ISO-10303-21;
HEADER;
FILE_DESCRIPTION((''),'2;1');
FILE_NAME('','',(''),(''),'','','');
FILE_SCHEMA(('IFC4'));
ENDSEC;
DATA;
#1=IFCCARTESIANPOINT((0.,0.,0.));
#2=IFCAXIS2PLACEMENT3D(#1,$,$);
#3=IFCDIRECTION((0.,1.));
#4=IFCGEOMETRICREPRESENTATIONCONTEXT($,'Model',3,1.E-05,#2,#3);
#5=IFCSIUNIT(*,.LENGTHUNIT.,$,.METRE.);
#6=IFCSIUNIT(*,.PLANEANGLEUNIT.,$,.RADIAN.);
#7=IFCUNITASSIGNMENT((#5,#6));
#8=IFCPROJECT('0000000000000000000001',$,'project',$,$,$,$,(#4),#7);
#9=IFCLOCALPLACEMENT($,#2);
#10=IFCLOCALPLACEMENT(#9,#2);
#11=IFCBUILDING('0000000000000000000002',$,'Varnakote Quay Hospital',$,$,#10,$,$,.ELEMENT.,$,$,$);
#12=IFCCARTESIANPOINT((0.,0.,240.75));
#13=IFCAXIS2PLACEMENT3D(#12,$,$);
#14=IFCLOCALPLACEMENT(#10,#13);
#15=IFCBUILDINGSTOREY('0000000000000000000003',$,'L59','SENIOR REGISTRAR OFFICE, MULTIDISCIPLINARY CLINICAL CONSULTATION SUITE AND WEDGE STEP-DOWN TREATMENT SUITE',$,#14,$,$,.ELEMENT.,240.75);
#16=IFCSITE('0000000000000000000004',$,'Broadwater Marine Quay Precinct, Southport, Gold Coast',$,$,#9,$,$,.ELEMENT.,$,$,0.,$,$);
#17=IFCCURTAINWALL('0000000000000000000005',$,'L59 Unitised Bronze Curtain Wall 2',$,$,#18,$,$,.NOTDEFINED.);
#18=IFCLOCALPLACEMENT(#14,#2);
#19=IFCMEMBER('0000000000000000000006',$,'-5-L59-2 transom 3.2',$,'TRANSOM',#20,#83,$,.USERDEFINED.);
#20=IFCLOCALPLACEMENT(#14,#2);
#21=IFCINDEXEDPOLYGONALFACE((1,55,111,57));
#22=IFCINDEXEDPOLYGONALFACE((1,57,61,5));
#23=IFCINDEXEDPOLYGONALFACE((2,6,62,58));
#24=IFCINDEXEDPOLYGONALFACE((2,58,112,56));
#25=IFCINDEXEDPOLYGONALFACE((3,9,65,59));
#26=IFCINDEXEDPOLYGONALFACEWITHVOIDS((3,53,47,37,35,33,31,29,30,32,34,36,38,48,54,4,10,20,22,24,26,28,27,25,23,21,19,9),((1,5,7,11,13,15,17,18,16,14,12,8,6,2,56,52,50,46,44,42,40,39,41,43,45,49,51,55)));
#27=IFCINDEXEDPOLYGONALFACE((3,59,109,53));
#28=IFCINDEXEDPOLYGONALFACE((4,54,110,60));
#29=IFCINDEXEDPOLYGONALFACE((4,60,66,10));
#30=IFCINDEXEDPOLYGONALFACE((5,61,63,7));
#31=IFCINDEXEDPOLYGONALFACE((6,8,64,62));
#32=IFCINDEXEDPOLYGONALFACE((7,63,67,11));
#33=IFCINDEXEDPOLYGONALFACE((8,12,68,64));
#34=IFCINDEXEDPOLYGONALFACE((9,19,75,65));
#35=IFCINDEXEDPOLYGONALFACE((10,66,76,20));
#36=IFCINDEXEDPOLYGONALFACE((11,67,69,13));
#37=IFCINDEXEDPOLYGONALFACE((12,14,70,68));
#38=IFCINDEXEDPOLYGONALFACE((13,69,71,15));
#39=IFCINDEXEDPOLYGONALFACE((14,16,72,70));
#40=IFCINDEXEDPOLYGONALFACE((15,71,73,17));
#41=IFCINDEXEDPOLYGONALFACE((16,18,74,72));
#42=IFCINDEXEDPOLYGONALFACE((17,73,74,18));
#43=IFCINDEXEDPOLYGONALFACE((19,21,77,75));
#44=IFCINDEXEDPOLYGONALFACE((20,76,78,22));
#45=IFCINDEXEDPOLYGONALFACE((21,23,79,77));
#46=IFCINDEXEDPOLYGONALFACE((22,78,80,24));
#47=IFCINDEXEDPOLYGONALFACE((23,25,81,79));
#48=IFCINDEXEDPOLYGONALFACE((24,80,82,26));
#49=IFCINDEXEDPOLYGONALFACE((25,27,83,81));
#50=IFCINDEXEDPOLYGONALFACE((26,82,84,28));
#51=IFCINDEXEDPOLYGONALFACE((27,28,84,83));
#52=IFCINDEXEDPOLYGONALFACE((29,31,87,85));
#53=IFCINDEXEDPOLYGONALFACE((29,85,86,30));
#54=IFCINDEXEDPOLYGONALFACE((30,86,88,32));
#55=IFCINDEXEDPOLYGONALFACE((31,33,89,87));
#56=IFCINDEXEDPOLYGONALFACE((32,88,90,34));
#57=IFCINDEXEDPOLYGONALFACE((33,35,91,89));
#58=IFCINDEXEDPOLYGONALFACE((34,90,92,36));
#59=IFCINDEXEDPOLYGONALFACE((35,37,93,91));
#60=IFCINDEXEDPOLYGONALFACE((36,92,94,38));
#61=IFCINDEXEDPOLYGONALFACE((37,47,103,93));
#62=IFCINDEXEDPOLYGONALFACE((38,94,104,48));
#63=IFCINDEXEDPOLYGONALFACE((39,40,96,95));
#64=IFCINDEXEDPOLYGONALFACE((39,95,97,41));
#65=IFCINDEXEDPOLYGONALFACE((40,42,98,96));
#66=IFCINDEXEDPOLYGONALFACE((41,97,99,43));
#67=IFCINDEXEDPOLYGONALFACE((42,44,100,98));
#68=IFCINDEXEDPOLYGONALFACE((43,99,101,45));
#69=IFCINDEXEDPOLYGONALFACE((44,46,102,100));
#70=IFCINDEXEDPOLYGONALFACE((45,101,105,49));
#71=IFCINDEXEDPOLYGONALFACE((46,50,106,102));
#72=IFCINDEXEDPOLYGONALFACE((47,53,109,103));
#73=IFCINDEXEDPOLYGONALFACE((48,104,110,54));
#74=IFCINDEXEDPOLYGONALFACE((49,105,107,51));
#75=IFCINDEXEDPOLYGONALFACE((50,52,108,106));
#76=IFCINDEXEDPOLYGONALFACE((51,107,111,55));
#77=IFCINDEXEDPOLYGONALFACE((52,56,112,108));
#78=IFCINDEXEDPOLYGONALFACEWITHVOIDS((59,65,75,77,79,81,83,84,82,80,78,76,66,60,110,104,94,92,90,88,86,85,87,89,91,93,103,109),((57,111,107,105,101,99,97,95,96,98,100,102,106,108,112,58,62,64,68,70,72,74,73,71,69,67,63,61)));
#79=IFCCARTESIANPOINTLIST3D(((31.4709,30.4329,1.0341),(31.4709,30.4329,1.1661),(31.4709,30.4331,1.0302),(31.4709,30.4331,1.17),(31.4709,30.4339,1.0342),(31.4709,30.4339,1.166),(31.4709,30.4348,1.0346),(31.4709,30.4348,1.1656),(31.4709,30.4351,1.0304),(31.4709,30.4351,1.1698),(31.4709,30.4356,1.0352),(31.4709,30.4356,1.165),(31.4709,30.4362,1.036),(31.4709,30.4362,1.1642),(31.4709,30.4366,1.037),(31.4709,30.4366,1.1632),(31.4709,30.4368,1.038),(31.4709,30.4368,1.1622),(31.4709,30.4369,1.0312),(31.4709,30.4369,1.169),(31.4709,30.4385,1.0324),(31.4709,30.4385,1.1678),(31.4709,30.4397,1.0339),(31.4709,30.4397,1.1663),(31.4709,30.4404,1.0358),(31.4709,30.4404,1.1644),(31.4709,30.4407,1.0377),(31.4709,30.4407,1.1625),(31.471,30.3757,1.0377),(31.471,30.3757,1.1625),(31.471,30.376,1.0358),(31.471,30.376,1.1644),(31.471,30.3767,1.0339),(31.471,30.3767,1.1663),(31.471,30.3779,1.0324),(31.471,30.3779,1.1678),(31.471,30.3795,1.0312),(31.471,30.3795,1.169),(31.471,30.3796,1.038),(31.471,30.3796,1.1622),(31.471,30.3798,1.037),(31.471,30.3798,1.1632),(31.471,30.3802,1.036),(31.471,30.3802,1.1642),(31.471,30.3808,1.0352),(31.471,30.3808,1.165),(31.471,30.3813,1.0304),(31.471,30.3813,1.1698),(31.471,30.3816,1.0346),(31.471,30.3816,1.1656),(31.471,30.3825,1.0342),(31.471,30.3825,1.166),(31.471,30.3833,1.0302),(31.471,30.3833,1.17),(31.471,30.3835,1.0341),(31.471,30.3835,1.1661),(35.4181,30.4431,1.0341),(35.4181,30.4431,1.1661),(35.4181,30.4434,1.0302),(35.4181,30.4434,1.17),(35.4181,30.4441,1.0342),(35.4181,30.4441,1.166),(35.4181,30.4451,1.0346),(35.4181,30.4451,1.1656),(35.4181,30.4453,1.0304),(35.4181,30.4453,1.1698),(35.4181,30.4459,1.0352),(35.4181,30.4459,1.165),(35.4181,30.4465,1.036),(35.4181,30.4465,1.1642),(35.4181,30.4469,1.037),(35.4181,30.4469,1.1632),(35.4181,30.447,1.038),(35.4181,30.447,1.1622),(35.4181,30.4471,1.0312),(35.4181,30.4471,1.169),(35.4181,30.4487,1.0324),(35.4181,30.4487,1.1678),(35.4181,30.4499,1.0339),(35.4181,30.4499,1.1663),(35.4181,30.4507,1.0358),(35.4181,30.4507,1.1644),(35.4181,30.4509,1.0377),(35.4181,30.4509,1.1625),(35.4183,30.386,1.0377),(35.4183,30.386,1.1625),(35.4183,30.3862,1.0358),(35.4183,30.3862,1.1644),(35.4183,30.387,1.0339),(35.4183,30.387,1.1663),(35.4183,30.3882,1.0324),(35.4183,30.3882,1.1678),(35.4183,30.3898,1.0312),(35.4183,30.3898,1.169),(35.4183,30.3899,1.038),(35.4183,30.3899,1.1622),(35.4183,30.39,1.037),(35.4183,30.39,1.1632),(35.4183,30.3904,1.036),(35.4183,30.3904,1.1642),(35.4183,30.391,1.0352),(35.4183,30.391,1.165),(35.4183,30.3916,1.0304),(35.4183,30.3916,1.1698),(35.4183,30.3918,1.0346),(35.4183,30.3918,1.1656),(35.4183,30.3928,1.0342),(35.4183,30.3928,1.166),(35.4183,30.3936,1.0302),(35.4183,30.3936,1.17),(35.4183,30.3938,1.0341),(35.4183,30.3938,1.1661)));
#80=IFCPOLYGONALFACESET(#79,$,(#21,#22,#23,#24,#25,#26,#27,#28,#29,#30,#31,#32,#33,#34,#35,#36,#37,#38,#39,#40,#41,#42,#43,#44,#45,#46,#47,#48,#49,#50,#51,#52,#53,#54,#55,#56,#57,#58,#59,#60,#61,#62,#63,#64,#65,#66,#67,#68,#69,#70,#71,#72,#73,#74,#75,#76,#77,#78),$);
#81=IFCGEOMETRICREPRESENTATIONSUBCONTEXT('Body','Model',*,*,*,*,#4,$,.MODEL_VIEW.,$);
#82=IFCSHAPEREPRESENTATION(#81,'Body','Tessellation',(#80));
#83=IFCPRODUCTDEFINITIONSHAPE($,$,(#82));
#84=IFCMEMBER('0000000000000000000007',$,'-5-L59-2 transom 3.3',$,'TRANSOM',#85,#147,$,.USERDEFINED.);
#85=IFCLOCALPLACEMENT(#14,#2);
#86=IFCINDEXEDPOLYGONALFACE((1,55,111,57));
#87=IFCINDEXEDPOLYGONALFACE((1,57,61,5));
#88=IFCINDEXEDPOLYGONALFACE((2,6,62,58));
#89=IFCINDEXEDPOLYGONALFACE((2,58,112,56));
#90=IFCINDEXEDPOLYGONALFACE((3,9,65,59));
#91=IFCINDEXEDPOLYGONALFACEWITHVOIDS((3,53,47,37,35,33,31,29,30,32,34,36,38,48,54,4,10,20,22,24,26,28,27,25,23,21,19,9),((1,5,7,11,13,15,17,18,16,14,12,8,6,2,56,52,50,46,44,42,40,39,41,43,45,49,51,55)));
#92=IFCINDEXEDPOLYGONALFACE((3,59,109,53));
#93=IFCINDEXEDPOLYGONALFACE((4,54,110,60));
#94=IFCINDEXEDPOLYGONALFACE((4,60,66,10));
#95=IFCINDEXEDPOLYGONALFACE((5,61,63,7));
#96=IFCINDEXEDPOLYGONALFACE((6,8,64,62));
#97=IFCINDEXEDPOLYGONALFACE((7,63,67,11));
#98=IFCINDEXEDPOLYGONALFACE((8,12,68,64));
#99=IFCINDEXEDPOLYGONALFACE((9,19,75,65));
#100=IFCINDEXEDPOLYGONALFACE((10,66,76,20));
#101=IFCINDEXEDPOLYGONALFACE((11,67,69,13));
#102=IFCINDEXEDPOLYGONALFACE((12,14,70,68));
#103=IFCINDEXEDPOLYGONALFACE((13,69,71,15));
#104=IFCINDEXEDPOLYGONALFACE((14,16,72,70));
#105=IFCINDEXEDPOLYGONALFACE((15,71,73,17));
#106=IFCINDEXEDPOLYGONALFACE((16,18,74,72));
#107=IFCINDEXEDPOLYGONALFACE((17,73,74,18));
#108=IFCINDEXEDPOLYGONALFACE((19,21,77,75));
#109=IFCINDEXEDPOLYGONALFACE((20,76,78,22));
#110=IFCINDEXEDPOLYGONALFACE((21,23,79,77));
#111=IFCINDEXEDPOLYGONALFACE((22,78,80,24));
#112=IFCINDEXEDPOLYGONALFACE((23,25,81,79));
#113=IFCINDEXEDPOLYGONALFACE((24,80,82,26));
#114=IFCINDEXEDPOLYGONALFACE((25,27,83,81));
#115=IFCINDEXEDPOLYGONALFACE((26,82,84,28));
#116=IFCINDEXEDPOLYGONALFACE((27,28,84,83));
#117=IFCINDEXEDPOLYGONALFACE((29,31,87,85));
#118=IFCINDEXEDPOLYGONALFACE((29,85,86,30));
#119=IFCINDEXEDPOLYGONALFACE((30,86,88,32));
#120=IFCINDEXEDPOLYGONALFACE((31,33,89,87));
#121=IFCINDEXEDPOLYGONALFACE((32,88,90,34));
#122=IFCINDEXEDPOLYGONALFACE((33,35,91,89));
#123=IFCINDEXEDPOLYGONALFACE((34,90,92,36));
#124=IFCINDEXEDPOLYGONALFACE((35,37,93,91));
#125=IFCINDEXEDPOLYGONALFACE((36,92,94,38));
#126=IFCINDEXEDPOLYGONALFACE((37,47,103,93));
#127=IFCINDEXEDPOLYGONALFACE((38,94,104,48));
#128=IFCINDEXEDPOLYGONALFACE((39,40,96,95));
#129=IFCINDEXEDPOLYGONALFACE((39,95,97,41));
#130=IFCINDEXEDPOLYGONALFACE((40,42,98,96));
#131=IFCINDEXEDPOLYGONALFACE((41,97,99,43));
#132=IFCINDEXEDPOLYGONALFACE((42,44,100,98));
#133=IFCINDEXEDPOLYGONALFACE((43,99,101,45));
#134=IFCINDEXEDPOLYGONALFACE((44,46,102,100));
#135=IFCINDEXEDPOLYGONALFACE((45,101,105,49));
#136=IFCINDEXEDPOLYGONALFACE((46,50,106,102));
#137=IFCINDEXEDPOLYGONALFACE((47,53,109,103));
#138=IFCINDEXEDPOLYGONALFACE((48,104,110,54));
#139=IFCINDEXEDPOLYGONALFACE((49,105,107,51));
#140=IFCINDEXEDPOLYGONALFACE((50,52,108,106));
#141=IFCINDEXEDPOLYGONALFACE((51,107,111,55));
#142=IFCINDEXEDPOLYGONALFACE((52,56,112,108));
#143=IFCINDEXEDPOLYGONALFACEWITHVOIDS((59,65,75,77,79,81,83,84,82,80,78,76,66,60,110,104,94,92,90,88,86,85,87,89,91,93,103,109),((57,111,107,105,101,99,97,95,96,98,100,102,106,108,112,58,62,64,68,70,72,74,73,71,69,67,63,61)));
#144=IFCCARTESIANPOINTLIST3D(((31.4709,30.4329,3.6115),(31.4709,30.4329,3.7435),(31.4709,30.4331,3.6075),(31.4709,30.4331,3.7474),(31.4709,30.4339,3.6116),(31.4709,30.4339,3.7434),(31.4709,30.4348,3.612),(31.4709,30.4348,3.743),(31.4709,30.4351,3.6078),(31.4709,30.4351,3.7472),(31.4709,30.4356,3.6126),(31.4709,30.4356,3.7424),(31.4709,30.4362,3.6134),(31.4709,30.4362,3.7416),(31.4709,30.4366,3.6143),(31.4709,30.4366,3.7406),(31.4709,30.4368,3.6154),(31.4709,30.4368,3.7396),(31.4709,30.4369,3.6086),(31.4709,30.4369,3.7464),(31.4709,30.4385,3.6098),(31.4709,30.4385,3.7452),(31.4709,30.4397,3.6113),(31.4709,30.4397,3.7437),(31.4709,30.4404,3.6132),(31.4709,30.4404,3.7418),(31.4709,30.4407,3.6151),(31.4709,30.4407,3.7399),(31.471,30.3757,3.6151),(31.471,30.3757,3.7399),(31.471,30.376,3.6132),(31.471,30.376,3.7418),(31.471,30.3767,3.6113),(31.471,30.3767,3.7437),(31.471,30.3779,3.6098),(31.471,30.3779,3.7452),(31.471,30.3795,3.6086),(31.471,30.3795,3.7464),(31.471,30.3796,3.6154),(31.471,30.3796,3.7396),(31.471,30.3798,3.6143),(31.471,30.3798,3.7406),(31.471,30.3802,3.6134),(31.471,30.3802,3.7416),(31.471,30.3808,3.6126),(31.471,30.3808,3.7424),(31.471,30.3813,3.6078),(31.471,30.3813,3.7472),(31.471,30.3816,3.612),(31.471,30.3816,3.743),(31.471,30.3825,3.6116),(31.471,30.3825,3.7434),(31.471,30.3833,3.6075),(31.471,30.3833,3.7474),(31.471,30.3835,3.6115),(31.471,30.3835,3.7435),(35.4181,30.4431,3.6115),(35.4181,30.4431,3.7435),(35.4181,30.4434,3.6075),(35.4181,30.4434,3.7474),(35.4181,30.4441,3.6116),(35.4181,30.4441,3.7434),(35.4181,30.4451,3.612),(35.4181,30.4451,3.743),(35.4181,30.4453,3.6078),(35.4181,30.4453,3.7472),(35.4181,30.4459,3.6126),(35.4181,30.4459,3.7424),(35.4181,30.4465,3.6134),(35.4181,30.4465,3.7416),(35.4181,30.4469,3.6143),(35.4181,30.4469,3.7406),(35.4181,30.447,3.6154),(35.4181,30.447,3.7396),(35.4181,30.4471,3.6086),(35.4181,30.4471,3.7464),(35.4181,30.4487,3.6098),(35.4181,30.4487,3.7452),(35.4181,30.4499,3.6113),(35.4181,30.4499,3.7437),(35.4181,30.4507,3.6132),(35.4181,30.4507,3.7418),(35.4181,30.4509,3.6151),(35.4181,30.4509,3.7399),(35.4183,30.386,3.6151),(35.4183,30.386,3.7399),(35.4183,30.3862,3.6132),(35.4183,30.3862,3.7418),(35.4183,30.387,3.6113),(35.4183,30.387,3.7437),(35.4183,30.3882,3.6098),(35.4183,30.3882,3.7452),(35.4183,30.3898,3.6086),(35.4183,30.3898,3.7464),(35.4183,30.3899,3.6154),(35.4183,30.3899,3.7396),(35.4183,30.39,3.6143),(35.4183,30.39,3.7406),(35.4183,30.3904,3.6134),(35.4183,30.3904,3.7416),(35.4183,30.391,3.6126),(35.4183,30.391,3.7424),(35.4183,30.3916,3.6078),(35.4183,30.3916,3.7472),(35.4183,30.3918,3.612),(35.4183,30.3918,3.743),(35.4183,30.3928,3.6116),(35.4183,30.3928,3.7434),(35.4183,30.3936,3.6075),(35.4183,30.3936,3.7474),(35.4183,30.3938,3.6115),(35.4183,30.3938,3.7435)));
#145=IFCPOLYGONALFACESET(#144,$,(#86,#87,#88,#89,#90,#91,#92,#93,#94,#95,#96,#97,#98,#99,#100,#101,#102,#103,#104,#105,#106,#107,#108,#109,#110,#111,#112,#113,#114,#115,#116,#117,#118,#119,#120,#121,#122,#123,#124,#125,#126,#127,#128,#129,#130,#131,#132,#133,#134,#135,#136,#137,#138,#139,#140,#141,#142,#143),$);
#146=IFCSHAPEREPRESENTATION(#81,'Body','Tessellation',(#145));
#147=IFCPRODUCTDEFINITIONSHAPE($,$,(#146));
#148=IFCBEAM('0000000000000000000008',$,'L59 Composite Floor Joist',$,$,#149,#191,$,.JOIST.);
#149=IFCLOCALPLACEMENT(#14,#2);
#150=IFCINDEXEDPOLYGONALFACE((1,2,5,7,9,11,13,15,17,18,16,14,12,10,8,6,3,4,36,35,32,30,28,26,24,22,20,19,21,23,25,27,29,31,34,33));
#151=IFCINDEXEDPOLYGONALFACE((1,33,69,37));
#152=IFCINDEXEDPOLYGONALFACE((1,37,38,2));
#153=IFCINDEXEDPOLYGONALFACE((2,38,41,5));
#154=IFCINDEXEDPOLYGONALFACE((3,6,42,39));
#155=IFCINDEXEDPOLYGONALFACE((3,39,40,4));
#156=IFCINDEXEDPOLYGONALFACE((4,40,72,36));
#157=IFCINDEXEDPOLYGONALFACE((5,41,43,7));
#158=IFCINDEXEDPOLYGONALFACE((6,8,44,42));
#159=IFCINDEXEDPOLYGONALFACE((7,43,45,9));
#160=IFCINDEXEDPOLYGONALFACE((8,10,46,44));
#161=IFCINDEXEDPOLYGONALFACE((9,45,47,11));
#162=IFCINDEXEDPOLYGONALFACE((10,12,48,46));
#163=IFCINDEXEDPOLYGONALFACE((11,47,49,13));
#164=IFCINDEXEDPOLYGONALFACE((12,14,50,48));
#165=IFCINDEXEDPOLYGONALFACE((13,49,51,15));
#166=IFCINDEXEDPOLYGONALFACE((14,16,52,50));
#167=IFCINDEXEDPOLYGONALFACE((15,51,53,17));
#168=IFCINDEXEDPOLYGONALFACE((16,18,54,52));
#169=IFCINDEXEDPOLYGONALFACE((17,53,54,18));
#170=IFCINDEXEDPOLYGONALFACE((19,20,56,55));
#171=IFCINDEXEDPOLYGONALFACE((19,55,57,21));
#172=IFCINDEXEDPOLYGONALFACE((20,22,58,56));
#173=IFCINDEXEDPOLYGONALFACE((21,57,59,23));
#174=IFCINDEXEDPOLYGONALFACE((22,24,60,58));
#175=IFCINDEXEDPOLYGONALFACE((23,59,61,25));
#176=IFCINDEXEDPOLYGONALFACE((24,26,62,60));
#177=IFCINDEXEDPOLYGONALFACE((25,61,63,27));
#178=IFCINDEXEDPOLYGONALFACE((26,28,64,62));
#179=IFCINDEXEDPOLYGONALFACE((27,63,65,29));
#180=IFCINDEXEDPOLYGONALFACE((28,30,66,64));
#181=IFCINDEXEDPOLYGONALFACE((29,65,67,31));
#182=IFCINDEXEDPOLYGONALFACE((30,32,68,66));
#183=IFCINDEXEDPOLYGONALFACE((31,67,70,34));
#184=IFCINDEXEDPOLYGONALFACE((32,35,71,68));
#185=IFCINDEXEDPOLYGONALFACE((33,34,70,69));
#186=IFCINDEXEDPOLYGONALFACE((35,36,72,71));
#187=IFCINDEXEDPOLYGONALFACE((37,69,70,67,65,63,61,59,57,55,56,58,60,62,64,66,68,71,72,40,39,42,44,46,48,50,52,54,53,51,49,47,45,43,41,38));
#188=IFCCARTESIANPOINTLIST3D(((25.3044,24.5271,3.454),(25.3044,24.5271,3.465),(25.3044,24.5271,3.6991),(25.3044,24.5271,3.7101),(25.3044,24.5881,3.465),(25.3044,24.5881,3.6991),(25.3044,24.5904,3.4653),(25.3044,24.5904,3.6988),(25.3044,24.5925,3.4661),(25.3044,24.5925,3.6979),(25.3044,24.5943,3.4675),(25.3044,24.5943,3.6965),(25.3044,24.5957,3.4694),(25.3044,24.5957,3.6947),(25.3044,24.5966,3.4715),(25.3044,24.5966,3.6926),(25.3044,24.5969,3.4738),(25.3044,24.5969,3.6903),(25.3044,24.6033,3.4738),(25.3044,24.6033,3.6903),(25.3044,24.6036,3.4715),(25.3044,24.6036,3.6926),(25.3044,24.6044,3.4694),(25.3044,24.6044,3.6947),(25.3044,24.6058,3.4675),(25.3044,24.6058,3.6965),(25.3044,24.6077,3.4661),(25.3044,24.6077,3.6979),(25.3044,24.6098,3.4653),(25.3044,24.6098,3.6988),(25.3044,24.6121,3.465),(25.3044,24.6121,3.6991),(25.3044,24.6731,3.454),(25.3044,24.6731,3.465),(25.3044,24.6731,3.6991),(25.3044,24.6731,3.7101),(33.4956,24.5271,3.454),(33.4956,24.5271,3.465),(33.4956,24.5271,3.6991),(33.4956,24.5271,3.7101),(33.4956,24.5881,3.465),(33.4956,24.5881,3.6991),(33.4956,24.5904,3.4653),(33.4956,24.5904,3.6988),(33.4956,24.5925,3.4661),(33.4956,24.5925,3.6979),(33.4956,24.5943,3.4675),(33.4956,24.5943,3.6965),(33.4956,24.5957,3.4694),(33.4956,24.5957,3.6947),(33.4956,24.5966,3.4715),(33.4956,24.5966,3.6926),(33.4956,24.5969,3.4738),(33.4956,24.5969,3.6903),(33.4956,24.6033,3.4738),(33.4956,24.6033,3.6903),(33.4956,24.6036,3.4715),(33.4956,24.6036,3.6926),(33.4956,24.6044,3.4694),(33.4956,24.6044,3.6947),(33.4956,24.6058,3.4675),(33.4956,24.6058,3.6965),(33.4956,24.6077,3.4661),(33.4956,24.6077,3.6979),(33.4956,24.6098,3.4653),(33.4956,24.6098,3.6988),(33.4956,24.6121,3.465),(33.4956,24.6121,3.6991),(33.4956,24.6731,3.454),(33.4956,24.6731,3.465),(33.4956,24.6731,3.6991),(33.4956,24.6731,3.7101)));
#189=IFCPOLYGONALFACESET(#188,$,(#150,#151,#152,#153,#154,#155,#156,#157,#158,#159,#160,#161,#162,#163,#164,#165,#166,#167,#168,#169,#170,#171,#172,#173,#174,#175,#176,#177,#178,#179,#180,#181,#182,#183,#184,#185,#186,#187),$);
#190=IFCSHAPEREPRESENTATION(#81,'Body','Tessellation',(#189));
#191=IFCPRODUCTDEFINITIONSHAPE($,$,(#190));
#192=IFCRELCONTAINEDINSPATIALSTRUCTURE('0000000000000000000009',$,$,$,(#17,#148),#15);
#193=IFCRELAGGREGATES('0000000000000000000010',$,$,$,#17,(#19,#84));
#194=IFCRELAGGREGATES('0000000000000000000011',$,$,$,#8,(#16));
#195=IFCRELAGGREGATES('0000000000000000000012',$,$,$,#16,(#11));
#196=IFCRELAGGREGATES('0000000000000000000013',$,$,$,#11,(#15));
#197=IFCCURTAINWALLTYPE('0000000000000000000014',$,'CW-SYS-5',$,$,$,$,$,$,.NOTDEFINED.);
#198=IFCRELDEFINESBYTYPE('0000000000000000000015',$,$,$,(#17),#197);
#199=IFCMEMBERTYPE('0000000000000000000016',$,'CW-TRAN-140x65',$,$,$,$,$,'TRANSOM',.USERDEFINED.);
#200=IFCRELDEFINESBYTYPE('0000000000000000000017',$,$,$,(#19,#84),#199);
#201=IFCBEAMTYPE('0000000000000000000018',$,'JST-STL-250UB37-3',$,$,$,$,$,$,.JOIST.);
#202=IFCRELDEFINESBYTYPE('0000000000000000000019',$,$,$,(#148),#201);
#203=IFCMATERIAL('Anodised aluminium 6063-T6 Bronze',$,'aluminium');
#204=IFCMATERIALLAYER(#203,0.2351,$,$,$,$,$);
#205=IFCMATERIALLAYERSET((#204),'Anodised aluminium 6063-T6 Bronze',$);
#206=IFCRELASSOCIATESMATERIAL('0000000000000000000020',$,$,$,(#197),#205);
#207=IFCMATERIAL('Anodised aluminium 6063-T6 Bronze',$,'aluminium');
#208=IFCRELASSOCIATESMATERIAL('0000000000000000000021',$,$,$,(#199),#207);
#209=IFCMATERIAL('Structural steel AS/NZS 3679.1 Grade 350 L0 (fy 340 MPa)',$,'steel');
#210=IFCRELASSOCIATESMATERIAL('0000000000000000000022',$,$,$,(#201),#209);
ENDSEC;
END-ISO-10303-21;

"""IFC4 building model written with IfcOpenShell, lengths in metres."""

from ifc_helpers import new_model, si_unit, direction, frame, origin, origin_2d, place, context, subcontext, project, spatial, hollow_rectangle, i_section, extrude, material, layer, layer_set, material_profile, profile_set, type_object, element, aggregate, save


model = new_model("IFC4")

# Units and contexts
model_context = context("Model", 3, precision=1e-05, world=origin(), true_north=direction((0.0, 1.0)))
body_context = subcontext(model_context, "Body", "Model", "MODEL_VIEW")
ifc_project = project(units=[si_unit("LENGTHUNIT", "METRE"), si_unit("PLANEANGLEUNIT", "RADIAN")], contexts=[model_context])

# Site, building, storey
site_placement = place(None, origin())
site = spatial("IfcSite", under=ifc_project, at=site_placement, Name="Broadwater Marine Quay Precinct, Southport, Gold Coast", CompositionType="ELEMENT", RefElevation=0.0)
building_placement = place(site_placement, origin())
building = spatial("IfcBuilding", under=site, at=building_placement, Name="Varnakote Quay Hospital", CompositionType="ELEMENT")
storey_placement = place(building_placement, frame((0.0, 0.0, 240.75)))
storey = spatial("IfcBuildingStorey", under=building, at=storey_placement, Name="L59", Description="SENIOR REGISTRAR OFFICE, MULTIDISCIPLINARY CLINICAL CONSULTATION SUITE AND WEDGE STEP-DOWN TREATMENT SUITE", CompositionType="ELEMENT", Elevation=240.75)

# Curtain wall, members
ifc_material_1 = material(Name="Anodised aluminium 6063-T6 Bronze", Category="aluminium")
ifc_layer_1 = layer(ifc_material_1, 0.2351)
ifc_layer_set_1 = layer_set([ifc_layer_1], Name="Anodised aluminium 6063-T6 Bronze")
curtain_wall_type = type_object("IfcCurtainWallType", Name="CW-SYS-5", PredefinedType="NOTDEFINED", material=ifc_layer_set_1)
curtain_wall_placement = place(storey_placement, origin())
curtain_wall = element("IfcCurtainWall", 1, at=curtain_wall_placement, inside=storey, type_object=curtain_wall_type, Name="L59 Unitised Bronze Curtain Wall 2", PredefinedType="NOTDEFINED")
ifc_material_2 = material(Name="Anodised aluminium 6063-T6 Bronze", Category="aluminium")
ifc_material_profile_1 = material_profile(ifc_material_2, hollow_rectangle(XDim=0.0649, YDim=0.1399, WallThickness=0.0039, InnerFilletRadius=0.0039, OuterFilletRadius=0.0076, at=origin_2d()), Name="CW-TRAN-140x65")
ifc_profile_set_1 = profile_set([ifc_material_profile_1], Name="Anodised aluminium 6063-T6 Bronze")
member_type_1 = type_object("IfcMemberType", Name="CW-TRAN-140x65", ElementType="TRANSOM", PredefinedType="USERDEFINED", material=ifc_profile_set_1)
member_1_placement = place(storey_placement, frame((35.4182, 30.4185, 1.1001), z_axis=(-0.999997, -0.002598, 0.0), x_axis=(0.002598, -0.999997, 0.0)))
member_1 = element("IfcMember", 2, at=member_1_placement, type_object=member_type_1, Name="-5-L59-2 transom 3.2", ObjectType="TRANSOM", PredefinedType="USERDEFINED", context=body_context, shape_type="SweptSolid", body=[
    extrude(hollow_rectangle(XDim=0.0649, YDim=0.1399, WallThickness=0.0039, InnerFilletRadius=0.0039, OuterFilletRadius=0.0076, at=origin_2d()), origin(), (0.0, 0.0, 1.0), 3.9473),
])
member_2_placement = place(storey_placement, frame((35.4182, 30.4185, 3.6775), z_axis=(-0.999997, -0.002598, 0.0), x_axis=(0.002598, -0.999997, 0.0)))
member_2 = element("IfcMember", 3, at=member_2_placement, type_object=member_type_1, Name="-5-L59-2 transom 3.3", ObjectType="TRANSOM", PredefinedType="USERDEFINED", context=body_context, shape_type="SweptSolid", body=[
    extrude(hollow_rectangle(XDim=0.0649, YDim=0.1399, WallThickness=0.0039, InnerFilletRadius=0.0039, OuterFilletRadius=0.0076, at=origin_2d()), origin(), (0.0, 0.0, 1.0), 3.9473),
])

# Beam
ifc_material_3 = material(Name="Structural steel AS/NZS 3679.1 Grade 350 L0 (fy 340 MPa)", Category="steel")
ifc_material_profile_2 = material_profile(ifc_material_3, i_section(OverallWidth=0.146, OverallDepth=0.2561, WebThickness=0.0063, FlangeThickness=0.011, FilletRadius=0.0088, at=origin_2d()), Name="250UB37.3")
ifc_profile_set_2 = profile_set([ifc_material_profile_2], Name="Structural steel AS/NZS 3679.1 Grade 350 L0 (fy 340 MPa)")
beam_type_1 = type_object("IfcBeamType", Name="JST-STL-250UB37-3", PredefinedType="JOIST", material=ifc_profile_set_2)
beam_1_placement = place(storey_placement, frame((25.3044, 24.6001, 3.582), z_axis=(1.0, 0.0, 0.0), x_axis=(0.0, 1.0, 0.0)))
element("IfcBeam", 4, at=beam_1_placement, inside=storey, type_object=beam_type_1, Name="L59 Composite Floor Joist", PredefinedType="JOIST", context=body_context, shape_type="SweptSolid", body=[
    extrude(i_section(OverallWidth=0.146, OverallDepth=0.2561, WebThickness=0.0063, FlangeThickness=0.011, FilletRadius=0.0088, at=origin_2d()), origin(), (0.0, 0.0, 1.0), 8.1912),
])

aggregate(curtain_wall, [member_1, member_2])

save(model, "model.ifc")
